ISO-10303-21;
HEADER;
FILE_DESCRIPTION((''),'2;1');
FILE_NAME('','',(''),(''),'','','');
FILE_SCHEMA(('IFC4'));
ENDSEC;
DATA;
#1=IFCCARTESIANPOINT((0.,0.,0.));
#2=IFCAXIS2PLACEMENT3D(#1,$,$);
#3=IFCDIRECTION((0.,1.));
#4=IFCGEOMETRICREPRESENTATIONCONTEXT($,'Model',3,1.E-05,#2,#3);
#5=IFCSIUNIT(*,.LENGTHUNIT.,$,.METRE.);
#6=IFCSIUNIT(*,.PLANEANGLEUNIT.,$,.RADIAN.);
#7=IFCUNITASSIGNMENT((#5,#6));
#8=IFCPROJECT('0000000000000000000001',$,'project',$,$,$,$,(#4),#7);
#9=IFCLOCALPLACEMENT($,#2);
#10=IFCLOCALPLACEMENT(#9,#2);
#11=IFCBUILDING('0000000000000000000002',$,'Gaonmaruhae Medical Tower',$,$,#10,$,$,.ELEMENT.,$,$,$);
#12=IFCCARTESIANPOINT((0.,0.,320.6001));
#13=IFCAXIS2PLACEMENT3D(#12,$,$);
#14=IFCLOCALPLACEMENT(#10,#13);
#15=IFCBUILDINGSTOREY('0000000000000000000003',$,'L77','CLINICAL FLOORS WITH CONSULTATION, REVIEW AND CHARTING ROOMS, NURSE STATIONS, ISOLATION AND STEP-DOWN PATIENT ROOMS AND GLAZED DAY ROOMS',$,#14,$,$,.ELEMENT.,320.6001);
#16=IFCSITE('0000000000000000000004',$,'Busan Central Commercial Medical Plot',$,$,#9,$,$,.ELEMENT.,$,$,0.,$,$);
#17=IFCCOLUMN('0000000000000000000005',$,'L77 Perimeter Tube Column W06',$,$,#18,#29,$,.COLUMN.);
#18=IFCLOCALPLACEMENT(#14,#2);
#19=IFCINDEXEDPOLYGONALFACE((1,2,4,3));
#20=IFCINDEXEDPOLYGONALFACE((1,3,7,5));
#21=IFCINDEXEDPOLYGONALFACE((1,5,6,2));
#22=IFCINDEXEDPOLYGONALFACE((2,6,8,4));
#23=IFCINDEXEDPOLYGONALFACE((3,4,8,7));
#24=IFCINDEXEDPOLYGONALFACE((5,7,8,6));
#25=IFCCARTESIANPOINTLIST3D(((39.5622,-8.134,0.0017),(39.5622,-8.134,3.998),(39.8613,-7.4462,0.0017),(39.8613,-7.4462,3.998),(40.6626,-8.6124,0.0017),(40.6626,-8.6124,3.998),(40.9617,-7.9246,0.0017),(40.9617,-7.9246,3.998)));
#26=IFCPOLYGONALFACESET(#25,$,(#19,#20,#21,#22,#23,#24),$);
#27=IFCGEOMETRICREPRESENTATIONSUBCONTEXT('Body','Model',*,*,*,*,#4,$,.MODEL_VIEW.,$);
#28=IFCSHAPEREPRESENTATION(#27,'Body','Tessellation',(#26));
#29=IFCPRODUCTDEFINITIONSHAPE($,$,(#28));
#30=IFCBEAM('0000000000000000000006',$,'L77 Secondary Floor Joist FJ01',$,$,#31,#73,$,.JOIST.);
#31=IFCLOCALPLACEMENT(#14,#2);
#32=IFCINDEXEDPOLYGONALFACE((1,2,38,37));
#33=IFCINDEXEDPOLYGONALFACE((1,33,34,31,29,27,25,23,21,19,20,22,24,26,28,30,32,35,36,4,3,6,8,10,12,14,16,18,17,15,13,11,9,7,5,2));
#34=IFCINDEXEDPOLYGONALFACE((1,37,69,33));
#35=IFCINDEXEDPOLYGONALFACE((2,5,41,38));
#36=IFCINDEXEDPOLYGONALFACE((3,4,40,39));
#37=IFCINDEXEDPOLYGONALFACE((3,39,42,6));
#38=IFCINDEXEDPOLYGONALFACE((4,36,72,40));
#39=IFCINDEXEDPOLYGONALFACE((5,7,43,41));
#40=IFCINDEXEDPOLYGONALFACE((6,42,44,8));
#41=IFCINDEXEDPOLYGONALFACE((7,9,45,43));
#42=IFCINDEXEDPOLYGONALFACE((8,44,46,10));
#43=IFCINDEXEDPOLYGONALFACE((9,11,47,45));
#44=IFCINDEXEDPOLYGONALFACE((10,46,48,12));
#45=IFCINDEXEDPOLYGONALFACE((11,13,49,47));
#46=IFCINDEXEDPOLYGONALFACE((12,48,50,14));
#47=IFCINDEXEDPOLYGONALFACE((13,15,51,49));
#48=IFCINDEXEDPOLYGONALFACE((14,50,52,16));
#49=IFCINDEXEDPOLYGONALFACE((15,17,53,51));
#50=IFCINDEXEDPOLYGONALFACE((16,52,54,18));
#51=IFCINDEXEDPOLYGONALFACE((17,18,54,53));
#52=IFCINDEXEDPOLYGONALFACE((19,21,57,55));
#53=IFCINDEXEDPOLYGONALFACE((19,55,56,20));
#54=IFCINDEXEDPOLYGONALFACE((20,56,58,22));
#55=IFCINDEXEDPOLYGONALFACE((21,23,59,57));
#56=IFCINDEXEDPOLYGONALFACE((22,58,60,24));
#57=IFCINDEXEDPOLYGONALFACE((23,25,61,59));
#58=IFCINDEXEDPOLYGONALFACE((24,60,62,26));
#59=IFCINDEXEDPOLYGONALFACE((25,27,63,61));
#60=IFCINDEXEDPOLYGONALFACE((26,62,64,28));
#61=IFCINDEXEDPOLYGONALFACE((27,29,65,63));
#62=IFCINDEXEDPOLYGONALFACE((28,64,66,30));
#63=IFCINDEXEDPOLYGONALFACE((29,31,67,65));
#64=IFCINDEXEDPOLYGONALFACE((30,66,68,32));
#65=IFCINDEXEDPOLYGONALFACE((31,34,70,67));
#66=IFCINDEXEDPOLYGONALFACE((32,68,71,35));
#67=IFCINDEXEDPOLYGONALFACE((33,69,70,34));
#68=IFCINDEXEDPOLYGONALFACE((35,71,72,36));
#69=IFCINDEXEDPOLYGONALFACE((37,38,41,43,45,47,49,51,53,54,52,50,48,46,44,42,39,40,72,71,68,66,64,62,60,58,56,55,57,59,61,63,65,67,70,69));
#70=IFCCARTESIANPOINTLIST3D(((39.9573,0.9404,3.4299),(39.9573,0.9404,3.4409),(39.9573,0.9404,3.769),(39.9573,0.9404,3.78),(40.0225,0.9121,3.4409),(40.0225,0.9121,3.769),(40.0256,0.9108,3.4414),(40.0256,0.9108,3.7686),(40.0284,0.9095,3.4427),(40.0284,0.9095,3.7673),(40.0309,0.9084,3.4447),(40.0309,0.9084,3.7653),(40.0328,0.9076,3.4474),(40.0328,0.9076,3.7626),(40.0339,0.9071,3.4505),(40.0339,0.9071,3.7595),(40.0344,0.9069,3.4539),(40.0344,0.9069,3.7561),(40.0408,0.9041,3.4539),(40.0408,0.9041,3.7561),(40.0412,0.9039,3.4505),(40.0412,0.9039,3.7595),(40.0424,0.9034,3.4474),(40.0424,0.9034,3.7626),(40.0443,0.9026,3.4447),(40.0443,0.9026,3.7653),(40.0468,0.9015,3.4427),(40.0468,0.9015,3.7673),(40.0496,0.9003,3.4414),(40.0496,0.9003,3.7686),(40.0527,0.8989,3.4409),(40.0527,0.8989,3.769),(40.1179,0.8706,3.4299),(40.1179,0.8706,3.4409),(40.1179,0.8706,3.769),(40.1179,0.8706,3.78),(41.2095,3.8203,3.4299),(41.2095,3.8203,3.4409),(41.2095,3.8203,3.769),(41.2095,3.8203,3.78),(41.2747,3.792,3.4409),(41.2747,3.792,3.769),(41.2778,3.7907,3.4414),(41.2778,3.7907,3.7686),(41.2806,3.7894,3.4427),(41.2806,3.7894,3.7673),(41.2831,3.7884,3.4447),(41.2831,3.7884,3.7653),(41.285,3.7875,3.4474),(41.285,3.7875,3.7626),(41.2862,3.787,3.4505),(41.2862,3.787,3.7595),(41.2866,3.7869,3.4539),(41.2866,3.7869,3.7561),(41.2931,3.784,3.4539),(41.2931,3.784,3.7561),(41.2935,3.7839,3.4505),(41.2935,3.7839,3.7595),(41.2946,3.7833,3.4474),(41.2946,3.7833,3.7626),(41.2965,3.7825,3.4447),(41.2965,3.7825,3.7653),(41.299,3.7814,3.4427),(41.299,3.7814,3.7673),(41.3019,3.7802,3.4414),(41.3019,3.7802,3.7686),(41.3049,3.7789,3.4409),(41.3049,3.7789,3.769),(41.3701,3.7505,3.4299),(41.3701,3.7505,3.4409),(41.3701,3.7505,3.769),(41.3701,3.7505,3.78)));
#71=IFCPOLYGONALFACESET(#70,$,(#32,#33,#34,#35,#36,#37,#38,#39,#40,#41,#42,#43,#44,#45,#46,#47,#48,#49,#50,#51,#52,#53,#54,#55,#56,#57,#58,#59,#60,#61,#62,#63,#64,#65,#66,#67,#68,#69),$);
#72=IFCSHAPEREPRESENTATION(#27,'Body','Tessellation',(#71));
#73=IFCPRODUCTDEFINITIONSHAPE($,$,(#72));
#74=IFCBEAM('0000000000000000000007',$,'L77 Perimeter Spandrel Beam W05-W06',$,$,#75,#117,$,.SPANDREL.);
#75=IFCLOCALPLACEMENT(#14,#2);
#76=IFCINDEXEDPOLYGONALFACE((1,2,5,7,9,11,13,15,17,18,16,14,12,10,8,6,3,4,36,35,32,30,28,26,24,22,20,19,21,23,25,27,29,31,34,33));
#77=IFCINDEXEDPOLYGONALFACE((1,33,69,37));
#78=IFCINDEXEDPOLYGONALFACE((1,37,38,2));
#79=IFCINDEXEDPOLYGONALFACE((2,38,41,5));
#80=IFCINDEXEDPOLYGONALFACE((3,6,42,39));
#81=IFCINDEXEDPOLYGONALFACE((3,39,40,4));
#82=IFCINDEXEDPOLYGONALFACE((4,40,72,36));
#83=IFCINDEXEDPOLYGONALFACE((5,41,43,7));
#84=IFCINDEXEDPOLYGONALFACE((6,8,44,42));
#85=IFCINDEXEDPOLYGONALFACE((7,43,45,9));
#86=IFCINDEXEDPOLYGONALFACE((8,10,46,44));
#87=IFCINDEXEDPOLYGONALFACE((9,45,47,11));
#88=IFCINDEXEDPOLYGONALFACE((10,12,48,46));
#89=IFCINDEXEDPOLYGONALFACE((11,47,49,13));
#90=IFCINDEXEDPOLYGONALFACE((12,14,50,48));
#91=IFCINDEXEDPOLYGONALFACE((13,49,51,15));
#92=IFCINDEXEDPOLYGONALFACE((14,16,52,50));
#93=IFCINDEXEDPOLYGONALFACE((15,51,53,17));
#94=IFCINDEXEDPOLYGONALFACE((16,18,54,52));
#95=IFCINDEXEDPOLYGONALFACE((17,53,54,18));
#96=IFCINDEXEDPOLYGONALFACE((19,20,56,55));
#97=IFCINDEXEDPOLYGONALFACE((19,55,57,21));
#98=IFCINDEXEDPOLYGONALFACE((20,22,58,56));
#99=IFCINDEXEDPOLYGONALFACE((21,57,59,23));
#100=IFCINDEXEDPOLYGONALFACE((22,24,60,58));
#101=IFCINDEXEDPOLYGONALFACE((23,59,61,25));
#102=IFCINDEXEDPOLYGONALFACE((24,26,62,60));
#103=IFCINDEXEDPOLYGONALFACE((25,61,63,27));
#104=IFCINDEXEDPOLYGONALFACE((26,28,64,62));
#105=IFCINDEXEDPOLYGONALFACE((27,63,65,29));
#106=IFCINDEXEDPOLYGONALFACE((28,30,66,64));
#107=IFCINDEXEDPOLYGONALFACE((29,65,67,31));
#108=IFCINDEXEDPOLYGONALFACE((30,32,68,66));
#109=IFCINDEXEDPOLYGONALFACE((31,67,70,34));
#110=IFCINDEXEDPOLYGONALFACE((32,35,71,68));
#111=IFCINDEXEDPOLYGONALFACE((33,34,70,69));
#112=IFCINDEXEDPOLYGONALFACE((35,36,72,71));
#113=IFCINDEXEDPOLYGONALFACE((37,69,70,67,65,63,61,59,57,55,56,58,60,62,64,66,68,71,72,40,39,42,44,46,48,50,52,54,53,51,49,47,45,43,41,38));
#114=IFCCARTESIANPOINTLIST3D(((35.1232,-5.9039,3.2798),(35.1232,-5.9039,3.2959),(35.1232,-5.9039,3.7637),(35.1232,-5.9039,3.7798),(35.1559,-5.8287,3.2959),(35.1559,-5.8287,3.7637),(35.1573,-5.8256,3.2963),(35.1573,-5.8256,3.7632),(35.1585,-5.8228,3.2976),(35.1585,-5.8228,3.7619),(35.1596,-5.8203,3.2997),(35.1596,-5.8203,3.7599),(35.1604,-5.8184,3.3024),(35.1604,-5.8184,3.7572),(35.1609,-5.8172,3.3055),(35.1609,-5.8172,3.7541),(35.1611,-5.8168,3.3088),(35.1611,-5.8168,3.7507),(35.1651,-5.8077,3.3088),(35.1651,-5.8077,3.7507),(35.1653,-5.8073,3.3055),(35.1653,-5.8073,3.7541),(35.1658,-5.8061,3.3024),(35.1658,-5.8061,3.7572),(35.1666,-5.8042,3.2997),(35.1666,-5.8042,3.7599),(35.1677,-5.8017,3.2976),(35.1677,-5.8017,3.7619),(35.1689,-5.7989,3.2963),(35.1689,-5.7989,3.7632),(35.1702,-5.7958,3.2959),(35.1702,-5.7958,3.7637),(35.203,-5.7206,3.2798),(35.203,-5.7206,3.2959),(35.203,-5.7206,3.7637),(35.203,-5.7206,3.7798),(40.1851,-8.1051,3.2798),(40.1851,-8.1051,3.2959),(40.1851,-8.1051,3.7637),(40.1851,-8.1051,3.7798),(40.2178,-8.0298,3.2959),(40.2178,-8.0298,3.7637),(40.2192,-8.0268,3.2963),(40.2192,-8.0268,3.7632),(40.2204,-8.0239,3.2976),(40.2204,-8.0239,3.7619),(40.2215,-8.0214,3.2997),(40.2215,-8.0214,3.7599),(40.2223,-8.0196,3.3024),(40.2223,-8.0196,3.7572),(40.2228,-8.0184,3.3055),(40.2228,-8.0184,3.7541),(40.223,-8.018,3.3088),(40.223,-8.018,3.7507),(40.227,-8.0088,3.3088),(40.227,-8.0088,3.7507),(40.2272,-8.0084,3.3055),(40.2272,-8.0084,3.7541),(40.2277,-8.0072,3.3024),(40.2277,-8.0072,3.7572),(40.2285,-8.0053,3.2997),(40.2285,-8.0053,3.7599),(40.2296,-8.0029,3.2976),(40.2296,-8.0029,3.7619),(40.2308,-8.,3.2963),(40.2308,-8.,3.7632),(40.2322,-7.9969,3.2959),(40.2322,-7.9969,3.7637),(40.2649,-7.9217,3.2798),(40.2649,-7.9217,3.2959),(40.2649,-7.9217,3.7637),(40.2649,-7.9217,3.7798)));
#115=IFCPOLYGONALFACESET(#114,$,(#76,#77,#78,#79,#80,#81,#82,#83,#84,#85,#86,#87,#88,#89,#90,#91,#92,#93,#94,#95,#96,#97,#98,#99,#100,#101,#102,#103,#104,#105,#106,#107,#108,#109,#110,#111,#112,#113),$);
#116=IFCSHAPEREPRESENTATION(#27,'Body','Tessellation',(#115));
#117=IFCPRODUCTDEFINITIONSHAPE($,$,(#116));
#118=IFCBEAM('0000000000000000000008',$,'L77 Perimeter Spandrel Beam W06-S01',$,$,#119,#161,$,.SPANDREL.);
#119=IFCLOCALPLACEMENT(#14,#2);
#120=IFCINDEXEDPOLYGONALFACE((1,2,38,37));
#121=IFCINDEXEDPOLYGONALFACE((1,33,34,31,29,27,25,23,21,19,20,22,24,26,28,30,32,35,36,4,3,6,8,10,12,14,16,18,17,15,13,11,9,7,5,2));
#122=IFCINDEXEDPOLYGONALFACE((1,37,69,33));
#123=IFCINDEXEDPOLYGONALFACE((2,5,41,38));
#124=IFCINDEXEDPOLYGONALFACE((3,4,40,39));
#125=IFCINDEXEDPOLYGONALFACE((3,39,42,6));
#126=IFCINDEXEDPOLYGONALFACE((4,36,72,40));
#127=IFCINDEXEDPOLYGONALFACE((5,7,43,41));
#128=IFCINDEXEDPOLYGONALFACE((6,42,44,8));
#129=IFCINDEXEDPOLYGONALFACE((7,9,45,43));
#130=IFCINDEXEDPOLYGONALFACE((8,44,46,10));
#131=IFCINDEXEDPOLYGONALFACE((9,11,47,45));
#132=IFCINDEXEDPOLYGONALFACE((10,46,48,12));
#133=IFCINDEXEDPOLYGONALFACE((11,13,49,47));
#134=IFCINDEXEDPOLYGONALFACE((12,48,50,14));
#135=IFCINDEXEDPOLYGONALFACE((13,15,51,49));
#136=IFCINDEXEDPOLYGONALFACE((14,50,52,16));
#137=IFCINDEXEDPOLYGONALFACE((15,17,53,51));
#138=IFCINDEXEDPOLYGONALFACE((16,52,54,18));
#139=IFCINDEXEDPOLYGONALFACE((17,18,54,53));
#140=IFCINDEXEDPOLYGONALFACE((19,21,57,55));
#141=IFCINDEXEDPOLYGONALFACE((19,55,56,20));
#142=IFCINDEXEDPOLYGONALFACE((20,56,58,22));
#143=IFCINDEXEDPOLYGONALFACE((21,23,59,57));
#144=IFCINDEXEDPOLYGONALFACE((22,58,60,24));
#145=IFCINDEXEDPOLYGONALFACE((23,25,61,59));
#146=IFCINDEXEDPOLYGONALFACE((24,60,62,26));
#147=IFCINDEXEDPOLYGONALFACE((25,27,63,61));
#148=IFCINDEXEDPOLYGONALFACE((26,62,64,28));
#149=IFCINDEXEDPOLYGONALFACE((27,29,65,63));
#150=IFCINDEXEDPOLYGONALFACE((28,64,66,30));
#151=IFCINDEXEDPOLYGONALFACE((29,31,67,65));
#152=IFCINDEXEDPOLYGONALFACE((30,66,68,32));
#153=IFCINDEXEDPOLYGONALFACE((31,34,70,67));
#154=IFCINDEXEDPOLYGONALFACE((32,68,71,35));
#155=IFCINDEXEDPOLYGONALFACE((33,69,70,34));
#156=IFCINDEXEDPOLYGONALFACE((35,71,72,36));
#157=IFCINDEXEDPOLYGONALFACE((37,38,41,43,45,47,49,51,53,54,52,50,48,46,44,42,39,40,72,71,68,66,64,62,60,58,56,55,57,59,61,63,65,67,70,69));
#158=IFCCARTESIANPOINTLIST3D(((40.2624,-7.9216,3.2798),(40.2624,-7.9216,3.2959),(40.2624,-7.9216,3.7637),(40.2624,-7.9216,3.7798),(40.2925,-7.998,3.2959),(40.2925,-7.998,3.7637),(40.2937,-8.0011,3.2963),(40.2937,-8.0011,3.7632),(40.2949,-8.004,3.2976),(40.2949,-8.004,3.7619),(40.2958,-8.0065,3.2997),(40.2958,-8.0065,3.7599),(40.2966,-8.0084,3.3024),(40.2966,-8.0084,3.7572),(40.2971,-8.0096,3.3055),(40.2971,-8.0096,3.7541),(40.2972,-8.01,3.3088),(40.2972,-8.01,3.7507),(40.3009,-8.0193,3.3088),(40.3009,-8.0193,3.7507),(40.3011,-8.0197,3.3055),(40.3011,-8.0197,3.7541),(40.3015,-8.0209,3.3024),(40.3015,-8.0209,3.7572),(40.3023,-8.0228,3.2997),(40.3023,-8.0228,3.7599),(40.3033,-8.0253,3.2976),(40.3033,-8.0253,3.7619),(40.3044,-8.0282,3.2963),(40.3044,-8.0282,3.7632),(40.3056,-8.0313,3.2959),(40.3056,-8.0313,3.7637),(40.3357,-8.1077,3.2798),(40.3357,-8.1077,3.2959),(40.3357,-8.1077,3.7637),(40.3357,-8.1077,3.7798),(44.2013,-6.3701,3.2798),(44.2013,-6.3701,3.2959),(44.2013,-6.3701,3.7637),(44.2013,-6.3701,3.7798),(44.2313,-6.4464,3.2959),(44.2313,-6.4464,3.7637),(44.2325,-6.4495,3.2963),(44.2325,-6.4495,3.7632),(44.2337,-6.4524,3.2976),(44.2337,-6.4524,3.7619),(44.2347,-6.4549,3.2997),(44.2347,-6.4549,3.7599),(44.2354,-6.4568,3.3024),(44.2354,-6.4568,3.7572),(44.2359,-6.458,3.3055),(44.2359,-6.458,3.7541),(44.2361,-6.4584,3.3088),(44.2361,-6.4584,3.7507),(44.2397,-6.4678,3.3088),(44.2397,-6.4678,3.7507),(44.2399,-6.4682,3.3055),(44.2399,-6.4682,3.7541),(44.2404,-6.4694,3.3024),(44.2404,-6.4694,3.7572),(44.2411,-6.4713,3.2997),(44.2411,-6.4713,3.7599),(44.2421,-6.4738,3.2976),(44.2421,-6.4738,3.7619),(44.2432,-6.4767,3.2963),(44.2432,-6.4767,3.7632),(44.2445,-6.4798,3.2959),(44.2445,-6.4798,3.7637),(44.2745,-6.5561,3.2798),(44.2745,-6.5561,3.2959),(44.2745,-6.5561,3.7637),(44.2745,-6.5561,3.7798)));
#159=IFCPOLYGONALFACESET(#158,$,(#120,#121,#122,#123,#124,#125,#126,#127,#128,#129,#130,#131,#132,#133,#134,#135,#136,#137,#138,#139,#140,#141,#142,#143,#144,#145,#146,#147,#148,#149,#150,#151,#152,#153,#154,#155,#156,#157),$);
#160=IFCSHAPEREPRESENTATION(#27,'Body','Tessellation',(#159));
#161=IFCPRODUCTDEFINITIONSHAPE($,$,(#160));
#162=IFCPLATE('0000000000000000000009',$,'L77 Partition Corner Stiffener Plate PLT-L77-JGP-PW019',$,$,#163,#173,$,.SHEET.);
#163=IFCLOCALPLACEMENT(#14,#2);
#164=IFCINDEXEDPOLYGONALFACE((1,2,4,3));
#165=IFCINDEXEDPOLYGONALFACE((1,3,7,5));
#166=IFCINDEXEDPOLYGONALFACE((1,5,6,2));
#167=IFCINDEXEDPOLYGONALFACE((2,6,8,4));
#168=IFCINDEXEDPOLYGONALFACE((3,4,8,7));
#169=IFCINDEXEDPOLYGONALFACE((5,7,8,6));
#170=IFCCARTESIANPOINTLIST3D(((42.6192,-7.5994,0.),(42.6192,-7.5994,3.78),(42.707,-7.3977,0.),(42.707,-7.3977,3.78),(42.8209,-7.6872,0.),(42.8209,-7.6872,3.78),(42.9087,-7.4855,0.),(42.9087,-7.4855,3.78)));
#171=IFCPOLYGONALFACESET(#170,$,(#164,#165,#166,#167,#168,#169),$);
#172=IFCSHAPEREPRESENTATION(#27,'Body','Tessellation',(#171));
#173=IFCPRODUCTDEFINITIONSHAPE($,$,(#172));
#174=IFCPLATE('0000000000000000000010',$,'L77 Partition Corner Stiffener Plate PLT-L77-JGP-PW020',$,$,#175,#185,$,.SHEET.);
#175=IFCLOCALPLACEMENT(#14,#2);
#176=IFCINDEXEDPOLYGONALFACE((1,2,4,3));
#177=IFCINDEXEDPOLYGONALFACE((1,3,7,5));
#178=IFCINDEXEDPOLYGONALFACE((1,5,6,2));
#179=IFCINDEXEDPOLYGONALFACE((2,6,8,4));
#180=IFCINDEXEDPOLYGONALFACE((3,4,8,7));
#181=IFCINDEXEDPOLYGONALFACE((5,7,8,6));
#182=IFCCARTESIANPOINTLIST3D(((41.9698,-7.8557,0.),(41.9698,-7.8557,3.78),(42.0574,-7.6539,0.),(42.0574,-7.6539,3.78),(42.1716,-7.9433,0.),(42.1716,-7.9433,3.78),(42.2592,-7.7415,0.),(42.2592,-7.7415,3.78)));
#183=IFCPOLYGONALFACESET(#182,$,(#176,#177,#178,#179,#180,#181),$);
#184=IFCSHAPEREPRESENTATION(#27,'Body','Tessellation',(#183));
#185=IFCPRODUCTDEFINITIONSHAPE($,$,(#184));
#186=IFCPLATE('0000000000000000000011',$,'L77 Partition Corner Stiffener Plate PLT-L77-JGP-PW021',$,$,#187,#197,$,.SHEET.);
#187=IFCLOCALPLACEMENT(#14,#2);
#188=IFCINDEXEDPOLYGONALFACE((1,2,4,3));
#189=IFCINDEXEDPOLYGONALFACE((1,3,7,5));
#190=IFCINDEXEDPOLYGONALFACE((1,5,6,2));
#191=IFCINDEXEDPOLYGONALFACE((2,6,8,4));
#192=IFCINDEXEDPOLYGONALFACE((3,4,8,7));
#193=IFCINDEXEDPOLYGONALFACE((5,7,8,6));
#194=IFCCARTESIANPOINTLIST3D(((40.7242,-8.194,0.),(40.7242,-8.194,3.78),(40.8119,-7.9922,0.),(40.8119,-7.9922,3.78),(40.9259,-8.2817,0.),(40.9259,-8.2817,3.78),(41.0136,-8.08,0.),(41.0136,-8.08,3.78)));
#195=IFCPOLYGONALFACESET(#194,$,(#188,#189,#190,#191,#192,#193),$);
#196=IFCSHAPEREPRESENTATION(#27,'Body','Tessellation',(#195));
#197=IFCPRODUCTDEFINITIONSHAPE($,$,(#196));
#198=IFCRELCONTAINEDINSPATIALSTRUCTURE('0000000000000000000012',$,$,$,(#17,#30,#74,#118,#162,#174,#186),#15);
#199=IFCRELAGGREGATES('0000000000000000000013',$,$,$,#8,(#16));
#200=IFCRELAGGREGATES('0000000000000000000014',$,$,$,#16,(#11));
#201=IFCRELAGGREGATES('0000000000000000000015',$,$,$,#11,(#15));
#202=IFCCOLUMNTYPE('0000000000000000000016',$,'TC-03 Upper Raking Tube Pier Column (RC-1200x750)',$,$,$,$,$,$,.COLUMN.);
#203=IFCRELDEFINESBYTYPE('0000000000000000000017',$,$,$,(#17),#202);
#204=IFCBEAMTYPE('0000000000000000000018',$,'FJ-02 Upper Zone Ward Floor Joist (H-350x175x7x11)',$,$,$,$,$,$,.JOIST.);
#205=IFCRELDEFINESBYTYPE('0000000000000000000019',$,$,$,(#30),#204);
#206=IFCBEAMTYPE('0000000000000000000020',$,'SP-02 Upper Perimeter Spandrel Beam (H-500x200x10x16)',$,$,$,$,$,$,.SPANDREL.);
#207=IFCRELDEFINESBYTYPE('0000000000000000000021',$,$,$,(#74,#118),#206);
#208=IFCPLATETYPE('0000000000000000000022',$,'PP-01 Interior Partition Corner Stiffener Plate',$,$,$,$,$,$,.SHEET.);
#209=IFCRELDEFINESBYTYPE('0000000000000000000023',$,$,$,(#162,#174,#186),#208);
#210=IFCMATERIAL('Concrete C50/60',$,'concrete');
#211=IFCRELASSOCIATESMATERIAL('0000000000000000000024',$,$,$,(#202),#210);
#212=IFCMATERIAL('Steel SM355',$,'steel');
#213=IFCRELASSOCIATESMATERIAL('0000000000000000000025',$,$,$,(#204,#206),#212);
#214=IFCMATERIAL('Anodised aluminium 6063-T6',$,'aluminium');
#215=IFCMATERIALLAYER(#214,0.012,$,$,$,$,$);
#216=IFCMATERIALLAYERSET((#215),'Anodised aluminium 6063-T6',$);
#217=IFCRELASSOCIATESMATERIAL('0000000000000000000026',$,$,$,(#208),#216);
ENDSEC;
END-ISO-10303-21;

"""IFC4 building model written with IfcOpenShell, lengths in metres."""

from ifc_helpers import new_model, si_unit, direction, frame, origin, origin_2d, place, context, subcontext, project, spatial, rectangle, i_section, extrude, material, layer, layer_set, material_profile, profile_set, type_object, element, save


model = new_model("IFC4")

# Units and contexts
model_context = context("Model", 3, precision=1e-05, world=origin(), true_north=direction((0.0, 1.0)))
body_context = subcontext(model_context, "Body", "Model", "MODEL_VIEW")
ifc_project = project(units=[si_unit("LENGTHUNIT", "METRE"), si_unit("PLANEANGLEUNIT", "RADIAN")], contexts=[model_context])

# Site, building, storey
site_placement = place(None, origin())
site = spatial("IfcSite", under=ifc_project, at=site_placement, Name="Busan Central Commercial Medical Plot", CompositionType="ELEMENT", RefElevation=0.0)
building_placement = place(site_placement, origin())
building = spatial("IfcBuilding", under=site, at=building_placement, Name="Gaonmaruhae Medical Tower", CompositionType="ELEMENT")
storey_placement = place(building_placement, frame((0.0, 0.0, 320.6001)))
storey = spatial("IfcBuildingStorey", under=building, at=storey_placement, Name="L77", Description="CLINICAL FLOORS WITH CONSULTATION, REVIEW AND CHARTING ROOMS, NURSE STATIONS, ISOLATION AND STEP-DOWN PATIENT ROOMS AND GLAZED DAY ROOMS", CompositionType="ELEMENT", Elevation=320.6001)

# Column
ifc_material_1 = material(Name="Concrete C50/60", Category="concrete")
ifc_material_profile_1 = material_profile(ifc_material_1, rectangle(XDim=1.2, YDim=0.75, at=origin_2d()), Name="RC-1200x750")
ifc_profile_set_1 = profile_set([ifc_material_profile_1], Name="Concrete C50/60")
column_type = type_object("IfcColumnType", Name="TC-03 Upper Raking Tube Pier Column (RC-1200x750)", PredefinedType="COLUMN", material=ifc_profile_set_1)
column_placement = place(storey_placement, frame((40.262, -8.0293, 0.0017), z_axis=(0.0, 0.0, 1.0), x_axis=(-0.91706, 0.398749, 0.0)))
element("IfcColumn", 1, at=column_placement, inside=storey, type_object=column_type, Name="L77 Perimeter Tube Column W06", PredefinedType="COLUMN", context=body_context, shape_type="SweptSolid", body=[
    extrude(rectangle(XDim=1.2, YDim=0.75, at=origin_2d()), origin(), (0.0, 0.0, 1.0), 3.9963),
])

# Beams
ifc_material_2 = material(Name="Steel SM355", Category="steel")
ifc_material_profile_2 = material_profile(ifc_material_2, i_section(OverallWidth=0.175, OverallDepth=0.3501, WebThickness=0.0071, FlangeThickness=0.011, FilletRadius=0.0129, at=origin_2d()), Name="H-350x175x7x11")
ifc_profile_set_2 = profile_set([ifc_material_profile_2], Name="Steel SM355")
beam_type_1 = type_object("IfcBeamType", Name="FJ-02 Upper Zone Ward Floor Joist (H-350x175x7x11)", PredefinedType="JOIST", material=ifc_profile_set_2)
beam_1_placement = place(storey_placement, frame((40.0376, 0.9055, 3.605), z_axis=(0.398746, 0.917061, 0.0), x_axis=(-0.917061, 0.398746, 0.0)))
element("IfcBeam", 2, at=beam_1_placement, inside=storey, type_object=beam_type_1, Name="L77 Secondary Floor Joist FJ01", PredefinedType="JOIST", context=body_context, shape_type="SweptSolid", body=[
    extrude(i_section(OverallWidth=0.175, OverallDepth=0.3501, WebThickness=0.0071, FlangeThickness=0.011, FilletRadius=0.0129, at=origin_2d()), origin(), (0.0, 0.0, 1.0), 3.1404),
])
ifc_material_profile_3 = material_profile(ifc_material_2, i_section(OverallWidth=0.2, OverallDepth=0.5, WebThickness=0.01, FlangeThickness=0.0161, FilletRadius=0.0129, at=origin_2d()), Name="H-500x200x10x16")
ifc_profile_set_3 = profile_set([ifc_material_profile_3], Name="Steel SM355")
beam_type_2 = type_object("IfcBeamType", Name="SP-02 Upper Perimeter Spandrel Beam (H-500x200x10x16)", PredefinedType="SPANDREL", material=ifc_profile_set_3)
beam_2_placement = place(storey_placement, frame((35.1631, -5.8123, 3.5298), z_axis=(0.91705, -0.398771, 0.0), x_axis=(0.398771, 0.91705, 0.0)))
element("IfcBeam", 3, at=beam_2_placement, inside=storey, type_object=beam_type_2, Name="L77 Perimeter Spandrel Beam W05-W06", PredefinedType="SPANDREL", context=body_context, shape_type="SweptSolid", body=[
    extrude(i_section(OverallWidth=0.2, OverallDepth=0.5, WebThickness=0.01, FlangeThickness=0.0161, FilletRadius=0.0129, at=origin_2d()), origin(), (0.0, 0.0, 1.0), 5.5198),
])
beam_3_placement = place(storey_placement, frame((40.2991, -8.0146, 3.5298), z_axis=(0.930417, 0.366503, 0.0), x_axis=(-0.366503, 0.930417, 0.0)))
element("IfcBeam", 4, at=beam_3_placement, inside=storey, type_object=beam_type_2, Name="L77 Perimeter Spandrel Beam W06-S01", PredefinedType="SPANDREL", context=body_context, shape_type="SweptSolid", body=[
    extrude(i_section(OverallWidth=0.2, OverallDepth=0.5, WebThickness=0.01, FlangeThickness=0.0161, FilletRadius=0.0129, at=origin_2d()), origin(), (0.0, 0.0, 1.0), 4.2334),
])

# Plates
ifc_material_3 = material(Name="Anodised aluminium 6063-T6", Category="aluminium")
ifc_layer_1 = layer(ifc_material_3, 0.012)
ifc_layer_set_1 = layer_set([ifc_layer_1], Name="Anodised aluminium 6063-T6")
plate_type = type_object("IfcPlateType", Name="PP-01 Interior Partition Corner Stiffener Plate", PredefinedType="SHEET", material=ifc_layer_set_1)
for number, where, z_axis, x_axis, name in (
    (5, (42.7639, -7.5425, 0.0), (0.0, 0.0, 1.0), (-0.399165, -0.916879, 0.0), "L77 Partition Corner Stiffener Plate PLT-L77-JGP-PW019"),
    (6, (42.1145, -7.7986, 0.0), (0.0, 0.0, 1.0), (-0.917248, 0.398317, 0.0), "L77 Partition Corner Stiffener Plate PLT-L77-JGP-PW020"),
    (7, (40.8689, -8.137, 0.0), (0.0, 0.0, 1.0), (-0.398845, -0.917018, 0.0), "L77 Partition Corner Stiffener Plate PLT-L77-JGP-PW021"),
):
    element("IfcPlate", number, at=place(storey_placement, frame(where, z_axis=z_axis, x_axis=x_axis)), inside=storey, type_object=plate_type, Name=name, PredefinedType="SHEET", context=body_context, shape_type="SweptSolid", body=[
        extrude(rectangle(XDim=0.22, YDim=0.22, at=origin_2d()), origin(), (0.0, 0.0, 1.0), 3.78),
    ])

save(model, "model.ifc")
